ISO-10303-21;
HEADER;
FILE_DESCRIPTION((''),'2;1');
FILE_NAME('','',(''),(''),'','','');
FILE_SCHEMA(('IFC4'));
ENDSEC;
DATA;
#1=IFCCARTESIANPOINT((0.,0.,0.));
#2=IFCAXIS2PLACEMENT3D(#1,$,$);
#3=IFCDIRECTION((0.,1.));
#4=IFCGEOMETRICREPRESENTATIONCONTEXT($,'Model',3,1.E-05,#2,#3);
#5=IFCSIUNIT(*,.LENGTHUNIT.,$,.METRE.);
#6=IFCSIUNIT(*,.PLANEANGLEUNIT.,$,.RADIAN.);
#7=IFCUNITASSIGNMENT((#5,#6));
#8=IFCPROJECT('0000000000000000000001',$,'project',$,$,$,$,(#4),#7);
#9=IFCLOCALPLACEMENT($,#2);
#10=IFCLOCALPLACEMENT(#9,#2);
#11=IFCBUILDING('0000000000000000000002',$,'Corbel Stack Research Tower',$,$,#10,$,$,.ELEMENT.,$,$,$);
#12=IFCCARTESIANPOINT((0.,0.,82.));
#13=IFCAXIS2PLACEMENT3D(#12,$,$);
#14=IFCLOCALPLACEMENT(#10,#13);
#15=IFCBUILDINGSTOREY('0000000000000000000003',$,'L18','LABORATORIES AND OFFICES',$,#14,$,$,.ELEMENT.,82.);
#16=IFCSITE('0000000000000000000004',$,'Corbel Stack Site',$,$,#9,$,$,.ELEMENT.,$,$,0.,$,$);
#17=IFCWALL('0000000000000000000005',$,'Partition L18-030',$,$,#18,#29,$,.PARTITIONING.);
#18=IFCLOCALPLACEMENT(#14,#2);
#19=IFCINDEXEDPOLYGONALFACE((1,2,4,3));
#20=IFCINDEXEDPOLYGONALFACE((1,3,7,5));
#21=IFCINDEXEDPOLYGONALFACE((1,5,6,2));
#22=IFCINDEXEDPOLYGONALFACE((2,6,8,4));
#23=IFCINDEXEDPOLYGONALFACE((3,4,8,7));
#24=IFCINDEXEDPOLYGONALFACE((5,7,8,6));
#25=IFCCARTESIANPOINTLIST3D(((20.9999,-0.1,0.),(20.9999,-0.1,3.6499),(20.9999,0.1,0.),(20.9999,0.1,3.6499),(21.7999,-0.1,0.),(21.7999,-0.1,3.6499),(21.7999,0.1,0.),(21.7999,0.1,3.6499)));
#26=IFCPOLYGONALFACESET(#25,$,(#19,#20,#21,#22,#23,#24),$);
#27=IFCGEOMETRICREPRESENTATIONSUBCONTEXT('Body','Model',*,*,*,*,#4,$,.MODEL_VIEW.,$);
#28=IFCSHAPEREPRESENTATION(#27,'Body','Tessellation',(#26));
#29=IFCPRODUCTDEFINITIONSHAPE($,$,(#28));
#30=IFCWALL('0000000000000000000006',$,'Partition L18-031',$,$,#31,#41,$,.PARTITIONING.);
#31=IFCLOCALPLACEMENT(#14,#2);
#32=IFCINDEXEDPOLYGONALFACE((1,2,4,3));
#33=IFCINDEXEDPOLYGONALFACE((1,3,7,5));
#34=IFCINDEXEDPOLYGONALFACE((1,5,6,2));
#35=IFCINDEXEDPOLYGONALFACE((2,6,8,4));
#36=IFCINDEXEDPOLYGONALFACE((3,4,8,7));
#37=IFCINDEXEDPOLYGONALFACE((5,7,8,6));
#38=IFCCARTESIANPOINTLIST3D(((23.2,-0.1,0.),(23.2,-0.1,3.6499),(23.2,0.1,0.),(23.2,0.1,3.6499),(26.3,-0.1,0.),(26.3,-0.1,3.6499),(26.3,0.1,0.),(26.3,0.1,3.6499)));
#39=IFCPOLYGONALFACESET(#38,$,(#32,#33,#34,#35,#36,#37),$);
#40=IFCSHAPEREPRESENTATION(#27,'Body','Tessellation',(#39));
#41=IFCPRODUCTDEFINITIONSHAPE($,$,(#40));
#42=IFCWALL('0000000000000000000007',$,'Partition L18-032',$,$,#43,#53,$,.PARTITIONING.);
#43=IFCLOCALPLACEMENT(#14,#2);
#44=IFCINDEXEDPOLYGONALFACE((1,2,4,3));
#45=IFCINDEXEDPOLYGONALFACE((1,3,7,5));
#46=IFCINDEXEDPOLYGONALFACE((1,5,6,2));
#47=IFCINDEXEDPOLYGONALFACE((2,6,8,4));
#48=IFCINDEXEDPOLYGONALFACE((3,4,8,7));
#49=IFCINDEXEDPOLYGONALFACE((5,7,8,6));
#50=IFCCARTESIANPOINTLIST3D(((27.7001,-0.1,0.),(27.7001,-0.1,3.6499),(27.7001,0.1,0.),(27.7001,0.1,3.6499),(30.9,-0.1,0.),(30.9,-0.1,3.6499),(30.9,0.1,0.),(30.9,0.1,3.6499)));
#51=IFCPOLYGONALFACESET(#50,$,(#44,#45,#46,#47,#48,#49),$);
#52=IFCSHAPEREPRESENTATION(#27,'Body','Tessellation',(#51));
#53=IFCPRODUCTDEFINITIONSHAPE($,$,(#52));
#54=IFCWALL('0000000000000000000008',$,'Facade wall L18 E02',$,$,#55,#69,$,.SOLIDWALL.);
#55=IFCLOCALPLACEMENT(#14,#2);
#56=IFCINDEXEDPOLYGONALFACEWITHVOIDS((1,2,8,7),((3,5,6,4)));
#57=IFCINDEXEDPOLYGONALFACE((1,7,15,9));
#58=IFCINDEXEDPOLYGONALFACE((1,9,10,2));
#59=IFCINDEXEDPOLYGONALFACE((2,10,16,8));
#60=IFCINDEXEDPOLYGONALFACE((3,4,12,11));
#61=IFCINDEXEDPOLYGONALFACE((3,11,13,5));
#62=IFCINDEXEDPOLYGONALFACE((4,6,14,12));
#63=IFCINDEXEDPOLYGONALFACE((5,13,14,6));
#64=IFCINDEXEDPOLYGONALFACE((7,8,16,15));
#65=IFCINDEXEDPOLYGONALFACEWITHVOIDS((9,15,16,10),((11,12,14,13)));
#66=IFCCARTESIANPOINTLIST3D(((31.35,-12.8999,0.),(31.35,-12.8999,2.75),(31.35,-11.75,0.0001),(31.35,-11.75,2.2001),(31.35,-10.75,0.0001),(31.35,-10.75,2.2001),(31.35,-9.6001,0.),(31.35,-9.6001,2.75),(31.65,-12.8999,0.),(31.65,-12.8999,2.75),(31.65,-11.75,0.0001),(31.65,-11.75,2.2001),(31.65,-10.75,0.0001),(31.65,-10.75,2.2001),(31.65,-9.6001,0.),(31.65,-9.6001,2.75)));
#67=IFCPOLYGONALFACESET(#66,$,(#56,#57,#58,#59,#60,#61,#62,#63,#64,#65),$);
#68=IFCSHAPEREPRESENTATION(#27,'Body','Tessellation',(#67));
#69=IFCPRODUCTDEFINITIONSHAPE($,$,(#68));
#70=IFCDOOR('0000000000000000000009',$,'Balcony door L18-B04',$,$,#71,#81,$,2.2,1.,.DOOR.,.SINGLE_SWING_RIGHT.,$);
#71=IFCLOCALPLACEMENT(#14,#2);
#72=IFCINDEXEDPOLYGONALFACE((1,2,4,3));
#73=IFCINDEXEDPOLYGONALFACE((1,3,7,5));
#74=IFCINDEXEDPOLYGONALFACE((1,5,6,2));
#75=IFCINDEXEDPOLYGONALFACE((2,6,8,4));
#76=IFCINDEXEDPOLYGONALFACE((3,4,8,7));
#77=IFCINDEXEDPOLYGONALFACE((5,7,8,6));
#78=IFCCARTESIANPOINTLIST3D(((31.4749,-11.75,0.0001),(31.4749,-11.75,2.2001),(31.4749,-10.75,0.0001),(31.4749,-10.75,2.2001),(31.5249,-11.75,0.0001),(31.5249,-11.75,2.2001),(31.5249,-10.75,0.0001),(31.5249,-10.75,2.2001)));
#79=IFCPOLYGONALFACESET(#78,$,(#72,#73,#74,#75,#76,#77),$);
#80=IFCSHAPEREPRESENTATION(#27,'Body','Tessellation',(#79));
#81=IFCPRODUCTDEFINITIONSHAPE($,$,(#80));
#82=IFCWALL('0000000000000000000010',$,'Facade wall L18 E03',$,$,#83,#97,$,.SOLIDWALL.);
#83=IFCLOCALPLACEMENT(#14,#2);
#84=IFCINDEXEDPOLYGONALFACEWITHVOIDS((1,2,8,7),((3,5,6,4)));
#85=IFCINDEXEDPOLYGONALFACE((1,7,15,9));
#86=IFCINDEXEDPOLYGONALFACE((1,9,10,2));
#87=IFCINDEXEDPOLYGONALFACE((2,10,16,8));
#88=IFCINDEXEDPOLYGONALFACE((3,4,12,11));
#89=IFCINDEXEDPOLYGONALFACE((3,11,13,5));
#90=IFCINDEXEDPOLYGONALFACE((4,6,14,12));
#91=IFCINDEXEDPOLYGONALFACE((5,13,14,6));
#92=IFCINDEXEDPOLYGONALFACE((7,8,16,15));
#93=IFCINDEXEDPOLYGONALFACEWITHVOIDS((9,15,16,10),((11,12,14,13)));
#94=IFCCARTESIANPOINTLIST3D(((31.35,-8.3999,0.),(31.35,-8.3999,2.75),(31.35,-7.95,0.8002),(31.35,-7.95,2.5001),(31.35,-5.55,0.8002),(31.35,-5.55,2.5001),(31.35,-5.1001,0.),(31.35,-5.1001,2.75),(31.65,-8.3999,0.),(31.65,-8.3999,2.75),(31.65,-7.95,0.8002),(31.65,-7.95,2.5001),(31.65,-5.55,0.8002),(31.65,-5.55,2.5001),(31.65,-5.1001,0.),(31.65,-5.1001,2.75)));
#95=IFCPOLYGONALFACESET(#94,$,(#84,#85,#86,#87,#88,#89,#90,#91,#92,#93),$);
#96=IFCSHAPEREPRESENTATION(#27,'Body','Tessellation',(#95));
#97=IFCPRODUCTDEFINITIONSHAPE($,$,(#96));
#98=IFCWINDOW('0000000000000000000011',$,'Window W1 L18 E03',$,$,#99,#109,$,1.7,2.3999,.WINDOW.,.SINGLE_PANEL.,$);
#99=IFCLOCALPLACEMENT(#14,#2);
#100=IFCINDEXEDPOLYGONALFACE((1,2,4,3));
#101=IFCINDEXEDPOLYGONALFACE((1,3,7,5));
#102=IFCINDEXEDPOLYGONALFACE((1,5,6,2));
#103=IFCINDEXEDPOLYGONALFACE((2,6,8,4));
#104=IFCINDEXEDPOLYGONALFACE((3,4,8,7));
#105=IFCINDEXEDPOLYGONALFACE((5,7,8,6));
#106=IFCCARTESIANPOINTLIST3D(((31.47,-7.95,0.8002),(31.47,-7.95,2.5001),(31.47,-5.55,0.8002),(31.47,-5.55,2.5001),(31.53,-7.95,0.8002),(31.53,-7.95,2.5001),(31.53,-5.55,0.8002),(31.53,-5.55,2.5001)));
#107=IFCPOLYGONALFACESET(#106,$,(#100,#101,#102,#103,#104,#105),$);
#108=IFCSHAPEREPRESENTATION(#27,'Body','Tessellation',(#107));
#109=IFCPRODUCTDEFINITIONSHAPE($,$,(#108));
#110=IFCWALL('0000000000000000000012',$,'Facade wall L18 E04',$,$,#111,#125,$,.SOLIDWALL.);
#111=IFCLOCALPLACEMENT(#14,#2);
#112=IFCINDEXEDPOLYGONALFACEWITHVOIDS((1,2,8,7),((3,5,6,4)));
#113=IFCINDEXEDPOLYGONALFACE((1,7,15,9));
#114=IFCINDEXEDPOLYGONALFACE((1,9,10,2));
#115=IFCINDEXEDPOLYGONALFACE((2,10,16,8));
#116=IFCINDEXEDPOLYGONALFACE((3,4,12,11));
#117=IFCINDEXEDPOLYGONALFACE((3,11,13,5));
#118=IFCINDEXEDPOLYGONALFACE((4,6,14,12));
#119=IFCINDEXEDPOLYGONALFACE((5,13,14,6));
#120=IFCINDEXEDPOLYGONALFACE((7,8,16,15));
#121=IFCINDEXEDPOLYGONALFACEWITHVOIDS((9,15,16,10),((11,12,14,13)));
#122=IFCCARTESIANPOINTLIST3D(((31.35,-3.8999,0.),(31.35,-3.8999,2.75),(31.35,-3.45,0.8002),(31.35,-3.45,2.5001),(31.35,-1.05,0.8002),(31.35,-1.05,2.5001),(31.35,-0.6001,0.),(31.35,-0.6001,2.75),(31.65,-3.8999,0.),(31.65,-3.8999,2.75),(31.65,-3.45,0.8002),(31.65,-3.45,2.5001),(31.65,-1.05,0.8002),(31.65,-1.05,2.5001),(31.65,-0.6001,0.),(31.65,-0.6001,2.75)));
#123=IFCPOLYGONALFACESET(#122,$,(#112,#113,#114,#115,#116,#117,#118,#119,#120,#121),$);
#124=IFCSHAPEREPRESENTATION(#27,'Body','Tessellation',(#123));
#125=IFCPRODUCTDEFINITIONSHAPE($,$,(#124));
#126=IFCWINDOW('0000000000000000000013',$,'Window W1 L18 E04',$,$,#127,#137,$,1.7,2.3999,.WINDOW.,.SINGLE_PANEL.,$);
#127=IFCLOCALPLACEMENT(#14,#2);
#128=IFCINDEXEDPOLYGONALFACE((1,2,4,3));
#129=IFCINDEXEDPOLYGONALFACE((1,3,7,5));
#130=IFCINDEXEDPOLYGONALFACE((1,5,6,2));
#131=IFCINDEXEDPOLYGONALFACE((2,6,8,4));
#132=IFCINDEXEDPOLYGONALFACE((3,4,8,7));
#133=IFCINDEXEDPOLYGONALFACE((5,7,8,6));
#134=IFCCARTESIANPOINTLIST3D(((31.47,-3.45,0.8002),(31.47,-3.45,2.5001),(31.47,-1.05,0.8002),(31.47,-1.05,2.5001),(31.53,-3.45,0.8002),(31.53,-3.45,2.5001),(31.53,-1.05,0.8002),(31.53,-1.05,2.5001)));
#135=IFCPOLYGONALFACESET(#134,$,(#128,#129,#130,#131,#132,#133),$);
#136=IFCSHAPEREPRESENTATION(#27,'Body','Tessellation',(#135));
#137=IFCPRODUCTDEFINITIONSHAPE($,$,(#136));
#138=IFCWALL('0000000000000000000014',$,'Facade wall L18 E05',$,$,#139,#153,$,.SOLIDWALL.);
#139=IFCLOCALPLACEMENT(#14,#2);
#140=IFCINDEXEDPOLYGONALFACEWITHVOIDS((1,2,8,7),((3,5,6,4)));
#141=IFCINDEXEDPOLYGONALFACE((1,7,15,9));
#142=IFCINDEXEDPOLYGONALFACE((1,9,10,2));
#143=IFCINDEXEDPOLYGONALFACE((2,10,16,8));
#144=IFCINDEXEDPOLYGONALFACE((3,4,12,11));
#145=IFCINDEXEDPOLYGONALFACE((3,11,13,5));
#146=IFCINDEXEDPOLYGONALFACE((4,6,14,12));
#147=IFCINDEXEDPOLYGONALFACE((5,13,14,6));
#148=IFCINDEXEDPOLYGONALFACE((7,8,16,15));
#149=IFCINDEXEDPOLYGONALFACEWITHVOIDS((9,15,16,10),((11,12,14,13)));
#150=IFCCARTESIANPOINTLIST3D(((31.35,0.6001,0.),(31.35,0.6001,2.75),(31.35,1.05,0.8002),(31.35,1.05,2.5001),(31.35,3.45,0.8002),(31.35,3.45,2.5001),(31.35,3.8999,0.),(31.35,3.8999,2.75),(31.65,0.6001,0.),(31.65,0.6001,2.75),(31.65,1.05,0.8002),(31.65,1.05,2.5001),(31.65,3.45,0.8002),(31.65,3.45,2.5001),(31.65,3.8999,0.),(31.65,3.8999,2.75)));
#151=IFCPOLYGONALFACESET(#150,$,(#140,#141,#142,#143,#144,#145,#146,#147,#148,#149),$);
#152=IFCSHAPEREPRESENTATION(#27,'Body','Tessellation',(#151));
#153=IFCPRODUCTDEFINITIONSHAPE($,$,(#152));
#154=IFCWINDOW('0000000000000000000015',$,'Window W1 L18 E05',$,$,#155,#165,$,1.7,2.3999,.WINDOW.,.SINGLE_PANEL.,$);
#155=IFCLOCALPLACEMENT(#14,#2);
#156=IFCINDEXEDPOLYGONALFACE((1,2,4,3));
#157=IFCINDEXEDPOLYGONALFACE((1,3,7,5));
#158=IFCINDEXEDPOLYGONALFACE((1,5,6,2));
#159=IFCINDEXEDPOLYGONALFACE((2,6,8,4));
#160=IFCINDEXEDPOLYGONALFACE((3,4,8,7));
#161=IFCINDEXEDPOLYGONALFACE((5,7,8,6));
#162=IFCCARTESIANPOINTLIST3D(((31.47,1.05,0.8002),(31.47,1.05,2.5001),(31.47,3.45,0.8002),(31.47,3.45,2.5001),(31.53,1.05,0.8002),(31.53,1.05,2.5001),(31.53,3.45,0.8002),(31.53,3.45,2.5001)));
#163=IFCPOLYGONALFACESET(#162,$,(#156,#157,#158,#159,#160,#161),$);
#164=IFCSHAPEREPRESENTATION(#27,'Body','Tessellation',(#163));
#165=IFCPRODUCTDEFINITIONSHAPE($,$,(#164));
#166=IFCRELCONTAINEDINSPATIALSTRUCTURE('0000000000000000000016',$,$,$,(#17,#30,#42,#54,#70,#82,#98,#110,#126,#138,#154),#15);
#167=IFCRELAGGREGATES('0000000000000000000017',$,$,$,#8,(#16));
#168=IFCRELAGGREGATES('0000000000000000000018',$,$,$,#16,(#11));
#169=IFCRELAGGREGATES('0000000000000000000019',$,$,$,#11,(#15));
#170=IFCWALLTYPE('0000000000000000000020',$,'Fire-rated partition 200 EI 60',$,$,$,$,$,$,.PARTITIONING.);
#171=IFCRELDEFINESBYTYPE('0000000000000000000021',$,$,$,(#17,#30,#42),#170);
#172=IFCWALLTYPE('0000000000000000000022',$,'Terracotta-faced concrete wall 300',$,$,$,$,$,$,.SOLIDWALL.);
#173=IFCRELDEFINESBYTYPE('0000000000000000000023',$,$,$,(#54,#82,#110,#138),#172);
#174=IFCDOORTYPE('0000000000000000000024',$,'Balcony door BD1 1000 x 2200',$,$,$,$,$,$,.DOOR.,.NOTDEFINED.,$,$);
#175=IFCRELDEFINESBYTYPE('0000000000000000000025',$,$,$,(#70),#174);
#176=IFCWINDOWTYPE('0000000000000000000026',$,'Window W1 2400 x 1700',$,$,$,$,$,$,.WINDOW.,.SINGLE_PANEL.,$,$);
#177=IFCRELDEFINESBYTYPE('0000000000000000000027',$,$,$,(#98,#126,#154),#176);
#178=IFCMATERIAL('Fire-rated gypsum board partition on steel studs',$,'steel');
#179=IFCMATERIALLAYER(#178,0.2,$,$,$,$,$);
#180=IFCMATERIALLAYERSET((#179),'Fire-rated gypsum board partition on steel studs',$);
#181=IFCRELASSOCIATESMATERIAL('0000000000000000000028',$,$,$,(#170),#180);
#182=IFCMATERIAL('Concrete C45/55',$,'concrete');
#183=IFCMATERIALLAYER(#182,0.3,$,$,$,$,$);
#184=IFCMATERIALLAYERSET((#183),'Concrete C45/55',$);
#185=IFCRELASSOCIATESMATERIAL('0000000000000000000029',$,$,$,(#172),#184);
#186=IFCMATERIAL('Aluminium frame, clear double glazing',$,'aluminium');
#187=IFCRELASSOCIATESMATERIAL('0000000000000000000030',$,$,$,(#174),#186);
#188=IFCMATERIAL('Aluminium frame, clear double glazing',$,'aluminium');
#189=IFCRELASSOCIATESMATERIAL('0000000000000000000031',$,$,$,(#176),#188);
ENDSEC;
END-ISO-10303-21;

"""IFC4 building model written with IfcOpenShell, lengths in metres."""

from ifc_helpers import new_model, si_unit, direction, frame, frame_2d, origin, place, context, subcontext, project, spatial, rectangle, extrude, material, layer, layer_set, type_object, element, fill, save


model = new_model("IFC4")

# Units and contexts
model_context = context("Model", 3, precision=1e-05, world=origin(), true_north=direction((0.0, 1.0)))
body_context = subcontext(model_context, "Body", "Model", "MODEL_VIEW")
ifc_project = project(units=[si_unit("LENGTHUNIT", "METRE"), si_unit("PLANEANGLEUNIT", "RADIAN")], contexts=[model_context])

# Site, building, storey
site_placement = place(None, origin())
site = spatial("IfcSite", under=ifc_project, at=site_placement, Name="Corbel Stack Site", CompositionType="ELEMENT", RefElevation=0.0)
building_placement = place(site_placement, origin())
building = spatial("IfcBuilding", under=site, at=building_placement, Name="Corbel Stack Research Tower", CompositionType="ELEMENT")
storey_placement = place(building_placement, frame((0.0, 0.0, 82.0)))
storey = spatial("IfcBuildingStorey", under=building, at=storey_placement, Name="L18", Description="LABORATORIES AND OFFICES", CompositionType="ELEMENT", Elevation=82.0)

# Walls
ifc_material_1 = material(Name="Fire-rated gypsum board partition on steel studs", Category="steel")
ifc_layer_1 = layer(ifc_material_1, 0.2)
ifc_layer_set_1 = layer_set([ifc_layer_1], Name="Fire-rated gypsum board partition on steel studs")
wall_type_1 = type_object("IfcWallType", Name="Fire-rated partition 200 EI 60", PredefinedType="PARTITIONING", material=ifc_layer_set_1)
wall_1_placement = place(storey_placement, frame((21.0, 0.0, 0.0), z_axis=(0.0, 0.0, 1.0), x_axis=(1.0, 0.0, 0.0)))
element("IfcWall", 1, at=wall_1_placement, inside=storey, type_object=wall_type_1, Name="Partition L18-030", PredefinedType="PARTITIONING", context=body_context, shape_type="SweptSolid", body=[
    extrude(rectangle(XDim=0.8, YDim=0.2, at=frame_2d((0.3999, 0.0))), origin(), (0.0, 0.0, 1.0), 3.6499),
])
wall_2_placement = place(storey_placement, frame((23.2, 0.0, 0.0), z_axis=(0.0, 0.0, 1.0), x_axis=(1.0, 0.0, 0.0)))
element("IfcWall", 2, at=wall_2_placement, inside=storey, type_object=wall_type_1, Name="Partition L18-031", PredefinedType="PARTITIONING", context=body_context, shape_type="SweptSolid", body=[
    extrude(rectangle(XDim=3.1001, YDim=0.2, at=frame_2d((1.55, 0.0))), origin(), (0.0, 0.0, 1.0), 3.6499),
])
wall_3_placement = place(storey_placement, frame((27.7, 0.0, 0.0), z_axis=(0.0, 0.0, 1.0), x_axis=(1.0, 0.0, 0.0)))
element("IfcWall", 3, at=wall_3_placement, inside=storey, type_object=wall_type_1, Name="Partition L18-032", PredefinedType="PARTITIONING", context=body_context, shape_type="SweptSolid", body=[
    extrude(rectangle(XDim=3.2, YDim=0.2, at=frame_2d((1.6001, 0.0))), origin(), (0.0, 0.0, 1.0), 3.6499),
])

# Wall, opening, door
ifc_material_2 = material(Name="Concrete C45/55", Category="concrete")
ifc_layer_2 = layer(ifc_material_2, 0.3)
ifc_layer_set_2 = layer_set([ifc_layer_2], Name="Concrete C45/55")
wall_type_2 = type_object("IfcWallType", Name="Terracotta-faced concrete wall 300", PredefinedType="SOLIDWALL", material=ifc_layer_set_2)
wall_4_placement = place(storey_placement, frame((31.5, -9.6001, 0.0), z_axis=(0.0, 0.0, 1.0), x_axis=(0.0, -1.0, 0.0)))
wall_4 = element("IfcWall", 4, at=wall_4_placement, inside=storey, type_object=wall_type_2, Name="Facade wall L18 E02", PredefinedType="SOLIDWALL", context=body_context, shape_type="SweptSolid", body=[
    extrude(rectangle(XDim=3.2998, YDim=0.3, at=frame_2d((1.6499, 0.0))), origin(), (0.0, 0.0, 1.0), 2.75),
])
opening_1_placement = place(wall_4_placement, frame((1.1499, 0.0, 0.0)))
opening_1 = element("IfcOpeningElement", 5, at=opening_1_placement, cuts=wall_4, PredefinedType="OPENING", context=body_context, shape_type="SweptSolid", body=[
    extrude(rectangle(XDim=1.0, YDim=2.2, at=frame_2d((0.5, 1.1001))), frame((0.0, 0.1599, 0.0), z_axis=(0.0, -1.0, 0.0), x_axis=(1.0, 0.0, 0.0)), (0.0, 0.0, 1.0), 0.3201),
])
ifc_material_3 = material(Name="Aluminium frame, clear double glazing", Category="aluminium")
door_type = type_object("IfcDoorType", Name="Balcony door BD1 1000 x 2200", OperationType="NOTDEFINED", PredefinedType="DOOR", material=ifc_material_3)
door_placement = place(opening_1_placement, origin())
door = element("IfcDoor", 6, at=door_placement, inside=storey, type_object=door_type, Name="Balcony door L18-B04", OperationType="SINGLE_SWING_RIGHT", OverallHeight=2.2, OverallWidth=1.0, PredefinedType="DOOR", context=body_context, shape_type="SweptSolid", body=[
    extrude(rectangle(XDim=1.0, YDim=2.2, at=frame_2d((0.5, 1.1001))), frame((0.0, 0.0249, 0.0), z_axis=(0.0, -1.0, 0.0), x_axis=(1.0, 0.0, 0.0)), (0.0, 0.0, 1.0), 0.05),
])
fill(opening_1, door)

# Walls, openings, windows
wall_5_placement = place(storey_placement, frame((31.5, -5.1001, 0.0), z_axis=(0.0, 0.0, 1.0), x_axis=(0.0, -1.0, 0.0)))
wall_5 = element("IfcWall", 7, at=wall_5_placement, inside=storey, type_object=wall_type_2, Name="Facade wall L18 E03", PredefinedType="SOLIDWALL", context=body_context, shape_type="SweptSolid", body=[
    extrude(rectangle(XDim=3.2998, YDim=0.3, at=frame_2d((1.6499, 0.0))), origin(), (0.0, 0.0, 1.0), 2.75),
])
opening_2_placement = place(wall_5_placement, frame((0.45, 0.0, 0.8)))
opening_2 = element("IfcOpeningElement", 8, at=opening_2_placement, cuts=wall_5, PredefinedType="OPENING", context=body_context, shape_type="SweptSolid", body=[
    extrude(rectangle(XDim=2.3999, YDim=1.7, at=frame_2d((1.2, 0.8501))), frame((0.0, 0.1599, 0.0), z_axis=(0.0, -1.0, 0.0), x_axis=(1.0, 0.0, 0.0)), (0.0, 0.0, 1.0), 0.3201),
])
ifc_material_4 = material(Name="Aluminium frame, clear double glazing", Category="aluminium")
window_type = type_object("IfcWindowType", Name="Window W1 2400 x 1700", PartitioningType="SINGLE_PANEL", PredefinedType="WINDOW", material=ifc_material_4)
window_1_placement = place(opening_2_placement, origin())
window_1 = element("IfcWindow", 9, at=window_1_placement, inside=storey, type_object=window_type, Name="Window W1 L18 E03", OverallHeight=1.7, OverallWidth=2.3999, PartitioningType="SINGLE_PANEL", PredefinedType="WINDOW", context=body_context, shape_type="SweptSolid", body=[
    extrude(rectangle(XDim=2.3999, YDim=1.7, at=frame_2d((1.2, 0.8501))), frame((0.0, 0.03, 0.0), z_axis=(0.0, -1.0, 0.0), x_axis=(1.0, 0.0, 0.0)), (0.0, 0.0, 1.0), 0.0601),
])
fill(opening_2, window_1)
wall_6_placement = place(storey_placement, frame((31.5, -0.6001, 0.0), z_axis=(0.0, 0.0, 1.0), x_axis=(0.0, -1.0, 0.0)))
wall_6 = element("IfcWall", 10, at=wall_6_placement, inside=storey, type_object=wall_type_2, Name="Facade wall L18 E04", PredefinedType="SOLIDWALL", context=body_context, shape_type="SweptSolid", body=[
    extrude(rectangle(XDim=3.2998, YDim=0.3, at=frame_2d((1.6499, 0.0))), origin(), (0.0, 0.0, 1.0), 2.75),
])
opening_3_placement = place(wall_6_placement, frame((0.45, 0.0, 0.8)))
opening_3 = element("IfcOpeningElement", 11, at=opening_3_placement, cuts=wall_6, PredefinedType="OPENING", context=body_context, shape_type="SweptSolid", body=[
    extrude(rectangle(XDim=2.3999, YDim=1.7, at=frame_2d((1.2, 0.8501))), frame((0.0, 0.1599, 0.0), z_axis=(0.0, -1.0, 0.0), x_axis=(1.0, 0.0, 0.0)), (0.0, 0.0, 1.0), 0.3201),
])
window_2_placement = place(opening_3_placement, origin())
window_2 = element("IfcWindow", 12, at=window_2_placement, inside=storey, type_object=window_type, Name="Window W1 L18 E04", OverallHeight=1.7, OverallWidth=2.3999, PartitioningType="SINGLE_PANEL", PredefinedType="WINDOW", context=body_context, shape_type="SweptSolid", body=[
    extrude(rectangle(XDim=2.3999, YDim=1.7, at=frame_2d((1.2, 0.8501))), frame((0.0, 0.03, 0.0), z_axis=(0.0, -1.0, 0.0), x_axis=(1.0, 0.0, 0.0)), (0.0, 0.0, 1.0), 0.0601),
])
fill(opening_3, window_2)
wall_7_placement = place(storey_placement, frame((31.5, 3.8999, 0.0), z_axis=(0.0, 0.0, 1.0), x_axis=(0.0, -1.0, 0.0)))
wall_7 = element("IfcWall", 13, at=wall_7_placement, inside=storey, type_object=wall_type_2, Name="Facade wall L18 E05", PredefinedType="SOLIDWALL", context=body_context, shape_type="SweptSolid", body=[
    extrude(rectangle(XDim=3.2998, YDim=0.3, at=frame_2d((1.6499, 0.0))), origin(), (0.0, 0.0, 1.0), 2.75),
])
opening_4_placement = place(wall_7_placement, frame((0.45, 0.0, 0.8)))
opening_4 = element("IfcOpeningElement", 14, at=opening_4_placement, cuts=wall_7, PredefinedType="OPENING", context=body_context, shape_type="SweptSolid", body=[
    extrude(rectangle(XDim=2.3999, YDim=1.7, at=frame_2d((1.2, 0.8501))), frame((0.0, 0.1599, 0.0), z_axis=(0.0, -1.0, 0.0), x_axis=(1.0, 0.0, 0.0)), (0.0, 0.0, 1.0), 0.3201),
])
window_3_placement = place(opening_4_placement, origin())
window_3 = element("IfcWindow", 15, at=window_3_placement, inside=storey, type_object=window_type, Name="Window W1 L18 E05", OverallHeight=1.7, OverallWidth=2.3999, PartitioningType="SINGLE_PANEL", PredefinedType="WINDOW", context=body_context, shape_type="SweptSolid", body=[
    extrude(rectangle(XDim=2.3999, YDim=1.7, at=frame_2d((1.2, 0.8501))), frame((0.0, 0.03, 0.0), z_axis=(0.0, -1.0, 0.0), x_axis=(1.0, 0.0, 0.0)), (0.0, 0.0, 1.0), 0.0601),
])
fill(opening_4, window_3)

save(model, "model.ifc")
